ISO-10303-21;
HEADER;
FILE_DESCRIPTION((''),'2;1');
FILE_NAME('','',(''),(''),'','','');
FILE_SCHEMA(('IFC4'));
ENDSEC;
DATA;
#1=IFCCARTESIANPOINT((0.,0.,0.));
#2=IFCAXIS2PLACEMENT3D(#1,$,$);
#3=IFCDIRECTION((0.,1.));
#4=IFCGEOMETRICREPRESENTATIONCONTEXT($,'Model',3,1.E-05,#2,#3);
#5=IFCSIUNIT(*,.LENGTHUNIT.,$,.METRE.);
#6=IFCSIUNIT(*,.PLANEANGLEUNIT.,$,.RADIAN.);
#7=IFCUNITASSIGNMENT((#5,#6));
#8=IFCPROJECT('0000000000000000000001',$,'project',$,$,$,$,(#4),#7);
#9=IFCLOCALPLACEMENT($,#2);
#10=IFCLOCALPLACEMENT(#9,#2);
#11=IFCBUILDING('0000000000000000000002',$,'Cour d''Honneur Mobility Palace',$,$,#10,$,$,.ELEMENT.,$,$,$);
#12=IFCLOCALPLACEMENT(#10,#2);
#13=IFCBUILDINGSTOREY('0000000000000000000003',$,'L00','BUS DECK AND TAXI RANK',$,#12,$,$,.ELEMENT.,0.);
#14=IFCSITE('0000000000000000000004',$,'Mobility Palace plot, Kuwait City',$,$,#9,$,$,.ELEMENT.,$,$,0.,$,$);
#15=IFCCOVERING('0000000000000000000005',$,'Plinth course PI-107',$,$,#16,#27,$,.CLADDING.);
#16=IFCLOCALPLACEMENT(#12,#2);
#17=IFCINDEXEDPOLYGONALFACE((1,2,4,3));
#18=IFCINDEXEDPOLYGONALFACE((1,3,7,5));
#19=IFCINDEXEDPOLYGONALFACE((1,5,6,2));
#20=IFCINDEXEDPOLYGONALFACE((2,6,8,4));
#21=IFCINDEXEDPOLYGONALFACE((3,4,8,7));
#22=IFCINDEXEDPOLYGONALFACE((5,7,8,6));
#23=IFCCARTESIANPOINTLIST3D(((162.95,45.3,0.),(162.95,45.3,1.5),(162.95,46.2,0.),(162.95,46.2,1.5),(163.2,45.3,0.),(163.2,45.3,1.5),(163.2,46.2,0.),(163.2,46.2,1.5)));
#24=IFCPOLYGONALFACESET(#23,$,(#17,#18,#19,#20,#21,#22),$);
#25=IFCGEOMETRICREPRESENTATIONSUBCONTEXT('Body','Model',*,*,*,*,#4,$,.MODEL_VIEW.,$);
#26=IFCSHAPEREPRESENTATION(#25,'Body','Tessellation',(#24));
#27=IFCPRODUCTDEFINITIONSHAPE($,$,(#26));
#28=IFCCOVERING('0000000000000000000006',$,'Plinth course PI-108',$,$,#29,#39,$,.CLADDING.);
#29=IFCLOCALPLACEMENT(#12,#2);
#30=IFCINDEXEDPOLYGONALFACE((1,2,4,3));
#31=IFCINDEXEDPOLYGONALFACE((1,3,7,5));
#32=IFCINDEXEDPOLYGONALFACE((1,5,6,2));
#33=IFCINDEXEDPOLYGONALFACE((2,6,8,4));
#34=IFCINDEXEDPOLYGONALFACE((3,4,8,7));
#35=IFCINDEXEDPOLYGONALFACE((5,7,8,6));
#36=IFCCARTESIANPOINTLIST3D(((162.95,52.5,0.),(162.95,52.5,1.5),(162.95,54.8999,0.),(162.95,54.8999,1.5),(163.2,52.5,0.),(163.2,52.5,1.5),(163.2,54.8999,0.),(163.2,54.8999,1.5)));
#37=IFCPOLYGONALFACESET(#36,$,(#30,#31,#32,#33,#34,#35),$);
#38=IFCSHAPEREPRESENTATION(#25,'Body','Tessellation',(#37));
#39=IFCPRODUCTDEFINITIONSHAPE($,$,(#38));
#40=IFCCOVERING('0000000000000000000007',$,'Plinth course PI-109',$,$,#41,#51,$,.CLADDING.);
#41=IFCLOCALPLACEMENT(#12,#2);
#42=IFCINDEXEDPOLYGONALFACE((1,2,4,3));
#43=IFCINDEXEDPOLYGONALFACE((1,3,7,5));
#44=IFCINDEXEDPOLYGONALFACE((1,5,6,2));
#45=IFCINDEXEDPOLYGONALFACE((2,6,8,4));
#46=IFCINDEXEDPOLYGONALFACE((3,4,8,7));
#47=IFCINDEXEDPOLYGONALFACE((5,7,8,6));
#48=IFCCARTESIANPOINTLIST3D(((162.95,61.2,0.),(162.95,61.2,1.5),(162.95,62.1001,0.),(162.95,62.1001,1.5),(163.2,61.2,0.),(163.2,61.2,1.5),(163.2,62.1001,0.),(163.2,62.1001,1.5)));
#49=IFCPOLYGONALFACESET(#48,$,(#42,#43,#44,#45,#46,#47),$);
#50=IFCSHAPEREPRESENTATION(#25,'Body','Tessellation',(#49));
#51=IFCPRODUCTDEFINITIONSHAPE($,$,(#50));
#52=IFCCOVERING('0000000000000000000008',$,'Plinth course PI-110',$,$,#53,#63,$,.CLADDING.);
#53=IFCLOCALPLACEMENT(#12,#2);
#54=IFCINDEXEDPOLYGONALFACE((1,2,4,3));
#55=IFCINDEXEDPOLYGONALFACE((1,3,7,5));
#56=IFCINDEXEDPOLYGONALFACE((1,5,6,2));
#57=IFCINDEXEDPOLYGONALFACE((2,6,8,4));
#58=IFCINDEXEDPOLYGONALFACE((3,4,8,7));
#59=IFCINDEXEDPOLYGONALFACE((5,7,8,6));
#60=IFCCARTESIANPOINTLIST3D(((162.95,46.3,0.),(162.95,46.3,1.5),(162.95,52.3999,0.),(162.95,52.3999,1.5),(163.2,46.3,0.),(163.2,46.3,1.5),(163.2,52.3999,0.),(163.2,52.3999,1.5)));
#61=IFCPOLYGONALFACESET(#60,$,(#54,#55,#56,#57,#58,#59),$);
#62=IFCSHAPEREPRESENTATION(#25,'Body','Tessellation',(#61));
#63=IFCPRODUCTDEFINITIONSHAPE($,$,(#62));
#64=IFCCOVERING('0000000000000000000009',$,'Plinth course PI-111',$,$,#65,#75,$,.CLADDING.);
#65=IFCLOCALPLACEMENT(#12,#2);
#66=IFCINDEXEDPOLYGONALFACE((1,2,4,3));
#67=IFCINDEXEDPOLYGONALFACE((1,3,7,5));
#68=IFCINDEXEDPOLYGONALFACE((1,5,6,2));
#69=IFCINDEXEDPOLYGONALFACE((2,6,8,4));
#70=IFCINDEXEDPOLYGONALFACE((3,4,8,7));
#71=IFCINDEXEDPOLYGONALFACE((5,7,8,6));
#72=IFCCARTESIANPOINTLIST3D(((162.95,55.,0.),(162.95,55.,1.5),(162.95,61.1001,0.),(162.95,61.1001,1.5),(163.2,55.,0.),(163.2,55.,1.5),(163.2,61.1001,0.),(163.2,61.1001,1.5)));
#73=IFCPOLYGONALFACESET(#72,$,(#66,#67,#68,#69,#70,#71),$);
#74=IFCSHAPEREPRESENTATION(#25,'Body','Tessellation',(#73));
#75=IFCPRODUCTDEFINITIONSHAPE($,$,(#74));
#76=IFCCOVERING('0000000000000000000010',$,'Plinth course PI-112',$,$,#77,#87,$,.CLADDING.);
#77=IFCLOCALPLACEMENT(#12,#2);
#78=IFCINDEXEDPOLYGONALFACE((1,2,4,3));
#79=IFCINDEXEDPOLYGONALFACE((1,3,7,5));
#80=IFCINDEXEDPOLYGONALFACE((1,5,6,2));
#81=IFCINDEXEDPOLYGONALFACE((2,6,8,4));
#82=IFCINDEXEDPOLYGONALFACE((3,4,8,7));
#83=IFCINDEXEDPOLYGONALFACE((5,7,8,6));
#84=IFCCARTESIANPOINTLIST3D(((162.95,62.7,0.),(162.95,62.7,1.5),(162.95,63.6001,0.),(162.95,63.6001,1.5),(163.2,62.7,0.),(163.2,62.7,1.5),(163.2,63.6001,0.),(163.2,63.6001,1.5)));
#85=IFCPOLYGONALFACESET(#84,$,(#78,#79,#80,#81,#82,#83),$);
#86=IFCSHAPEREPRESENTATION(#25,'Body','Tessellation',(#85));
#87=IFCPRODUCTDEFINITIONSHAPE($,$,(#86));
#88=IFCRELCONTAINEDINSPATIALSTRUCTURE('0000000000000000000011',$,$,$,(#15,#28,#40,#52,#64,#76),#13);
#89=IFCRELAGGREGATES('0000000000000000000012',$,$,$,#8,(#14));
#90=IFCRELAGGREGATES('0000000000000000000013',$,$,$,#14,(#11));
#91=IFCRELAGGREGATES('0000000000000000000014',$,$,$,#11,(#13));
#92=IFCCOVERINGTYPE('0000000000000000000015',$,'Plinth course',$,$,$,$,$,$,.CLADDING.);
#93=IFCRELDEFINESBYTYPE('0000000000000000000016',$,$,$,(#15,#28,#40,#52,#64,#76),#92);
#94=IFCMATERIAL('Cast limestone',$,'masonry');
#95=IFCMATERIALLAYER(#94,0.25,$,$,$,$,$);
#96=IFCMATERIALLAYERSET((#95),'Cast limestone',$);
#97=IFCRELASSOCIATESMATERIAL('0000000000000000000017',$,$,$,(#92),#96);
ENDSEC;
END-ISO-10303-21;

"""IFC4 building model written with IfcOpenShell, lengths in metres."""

from ifc_helpers import new_model, si_unit, direction, origin, place, context, subcontext, project, spatial, polyline, outline, extrude, material, layer, layer_set, type_object, element, save


model = new_model("IFC4")

# Units and contexts
model_context = context("Model", 3, precision=1e-05, world=origin(), true_north=direction((0.0, 1.0)))
body_context = subcontext(model_context, "Body", "Model", "MODEL_VIEW")
ifc_project = project(units=[si_unit("LENGTHUNIT", "METRE"), si_unit("PLANEANGLEUNIT", "RADIAN")], contexts=[model_context])

# Site, building, storey
site_placement = place(None, origin())
site = spatial("IfcSite", under=ifc_project, at=site_placement, Name="Mobility Palace plot, Kuwait City", CompositionType="ELEMENT", RefElevation=0.0)
building_placement = place(site_placement, origin())
building = spatial("IfcBuilding", under=site, at=building_placement, Name="Cour d'Honneur Mobility Palace", CompositionType="ELEMENT")
storey_placement = place(building_placement, origin())
storey = spatial("IfcBuildingStorey", under=building, at=storey_placement, Name="L00", Description="BUS DECK AND TAXI RANK", CompositionType="ELEMENT", Elevation=0.0)

# Coverings
ifc_material_1 = material(Name="Cast limestone", Category="masonry")
ifc_layer_1 = layer(ifc_material_1, 0.25)
ifc_layer_set_1 = layer_set([ifc_layer_1], Name="Cast limestone")
covering_type_1 = type_object("IfcCoveringType", Name="Plinth course", PredefinedType="CLADDING", material=ifc_layer_set_1)
covering_1_placement = place(storey_placement, origin())
element("IfcCovering", 1, at=covering_1_placement, inside=storey, type_object=covering_type_1, Name="Plinth course PI-107", PredefinedType="CLADDING", context=body_context, shape_type="SweptSolid", body=[
    extrude(outline(polyline([(162.95, 45.3), (162.95, 46.2), (163.2, 46.2), (163.2, 45.3), (162.95, 45.3)])), origin(), (0.0, 0.0, 1.0), 1.5),
])
covering_2_placement = place(storey_placement, origin())
element("IfcCovering", 2, at=covering_2_placement, inside=storey, type_object=covering_type_1, Name="Plinth course PI-108", PredefinedType="CLADDING", context=body_context, shape_type="SweptSolid", body=[
    extrude(outline(polyline([(162.95, 52.5), (162.95, 54.8999), (163.2, 54.8999), (163.2, 52.5), (162.95, 52.5)])), origin(), (0.0, 0.0, 1.0), 1.5),
])
covering_3_placement = place(storey_placement, origin())
element("IfcCovering", 3, at=covering_3_placement, inside=storey, type_object=covering_type_1, Name="Plinth course PI-109", PredefinedType="CLADDING", context=body_context, shape_type="SweptSolid", body=[
    extrude(outline(polyline([(162.95, 61.2), (162.95, 62.1001), (163.2, 62.1001), (163.2, 61.2), (162.95, 61.2)])), origin(), (0.0, 0.0, 1.0), 1.5),
])
covering_4_placement = place(storey_placement, origin())
element("IfcCovering", 4, at=covering_4_placement, inside=storey, type_object=covering_type_1, Name="Plinth course PI-110", PredefinedType="CLADDING", context=body_context, shape_type="SweptSolid", body=[
    extrude(outline(polyline([(162.95, 46.3), (162.95, 52.3999), (163.2, 52.3999), (163.2, 46.3), (162.95, 46.3)])), origin(), (0.0, 0.0, 1.0), 1.5),
])
covering_5_placement = place(storey_placement, origin())
element("IfcCovering", 5, at=covering_5_placement, inside=storey, type_object=covering_type_1, Name="Plinth course PI-111", PredefinedType="CLADDING", context=body_context, shape_type="SweptSolid", body=[
    extrude(outline(polyline([(162.95, 55.0), (162.95, 61.1001), (163.2, 61.1001), (163.2, 55.0), (162.95, 55.0)])), origin(), (0.0, 0.0, 1.0), 1.5),
])
covering_6_placement = place(storey_placement, origin())
element("IfcCovering", 6, at=covering_6_placement, inside=storey, type_object=covering_type_1, Name="Plinth course PI-112", PredefinedType="CLADDING", context=body_context, shape_type="SweptSolid", body=[
    extrude(outline(polyline([(162.95, 62.7), (162.95, 63.6001), (163.2, 63.6001), (163.2, 62.7), (162.95, 62.7)])), origin(), (0.0, 0.0, 1.0), 1.5),
])

save(model, "model.ifc")
